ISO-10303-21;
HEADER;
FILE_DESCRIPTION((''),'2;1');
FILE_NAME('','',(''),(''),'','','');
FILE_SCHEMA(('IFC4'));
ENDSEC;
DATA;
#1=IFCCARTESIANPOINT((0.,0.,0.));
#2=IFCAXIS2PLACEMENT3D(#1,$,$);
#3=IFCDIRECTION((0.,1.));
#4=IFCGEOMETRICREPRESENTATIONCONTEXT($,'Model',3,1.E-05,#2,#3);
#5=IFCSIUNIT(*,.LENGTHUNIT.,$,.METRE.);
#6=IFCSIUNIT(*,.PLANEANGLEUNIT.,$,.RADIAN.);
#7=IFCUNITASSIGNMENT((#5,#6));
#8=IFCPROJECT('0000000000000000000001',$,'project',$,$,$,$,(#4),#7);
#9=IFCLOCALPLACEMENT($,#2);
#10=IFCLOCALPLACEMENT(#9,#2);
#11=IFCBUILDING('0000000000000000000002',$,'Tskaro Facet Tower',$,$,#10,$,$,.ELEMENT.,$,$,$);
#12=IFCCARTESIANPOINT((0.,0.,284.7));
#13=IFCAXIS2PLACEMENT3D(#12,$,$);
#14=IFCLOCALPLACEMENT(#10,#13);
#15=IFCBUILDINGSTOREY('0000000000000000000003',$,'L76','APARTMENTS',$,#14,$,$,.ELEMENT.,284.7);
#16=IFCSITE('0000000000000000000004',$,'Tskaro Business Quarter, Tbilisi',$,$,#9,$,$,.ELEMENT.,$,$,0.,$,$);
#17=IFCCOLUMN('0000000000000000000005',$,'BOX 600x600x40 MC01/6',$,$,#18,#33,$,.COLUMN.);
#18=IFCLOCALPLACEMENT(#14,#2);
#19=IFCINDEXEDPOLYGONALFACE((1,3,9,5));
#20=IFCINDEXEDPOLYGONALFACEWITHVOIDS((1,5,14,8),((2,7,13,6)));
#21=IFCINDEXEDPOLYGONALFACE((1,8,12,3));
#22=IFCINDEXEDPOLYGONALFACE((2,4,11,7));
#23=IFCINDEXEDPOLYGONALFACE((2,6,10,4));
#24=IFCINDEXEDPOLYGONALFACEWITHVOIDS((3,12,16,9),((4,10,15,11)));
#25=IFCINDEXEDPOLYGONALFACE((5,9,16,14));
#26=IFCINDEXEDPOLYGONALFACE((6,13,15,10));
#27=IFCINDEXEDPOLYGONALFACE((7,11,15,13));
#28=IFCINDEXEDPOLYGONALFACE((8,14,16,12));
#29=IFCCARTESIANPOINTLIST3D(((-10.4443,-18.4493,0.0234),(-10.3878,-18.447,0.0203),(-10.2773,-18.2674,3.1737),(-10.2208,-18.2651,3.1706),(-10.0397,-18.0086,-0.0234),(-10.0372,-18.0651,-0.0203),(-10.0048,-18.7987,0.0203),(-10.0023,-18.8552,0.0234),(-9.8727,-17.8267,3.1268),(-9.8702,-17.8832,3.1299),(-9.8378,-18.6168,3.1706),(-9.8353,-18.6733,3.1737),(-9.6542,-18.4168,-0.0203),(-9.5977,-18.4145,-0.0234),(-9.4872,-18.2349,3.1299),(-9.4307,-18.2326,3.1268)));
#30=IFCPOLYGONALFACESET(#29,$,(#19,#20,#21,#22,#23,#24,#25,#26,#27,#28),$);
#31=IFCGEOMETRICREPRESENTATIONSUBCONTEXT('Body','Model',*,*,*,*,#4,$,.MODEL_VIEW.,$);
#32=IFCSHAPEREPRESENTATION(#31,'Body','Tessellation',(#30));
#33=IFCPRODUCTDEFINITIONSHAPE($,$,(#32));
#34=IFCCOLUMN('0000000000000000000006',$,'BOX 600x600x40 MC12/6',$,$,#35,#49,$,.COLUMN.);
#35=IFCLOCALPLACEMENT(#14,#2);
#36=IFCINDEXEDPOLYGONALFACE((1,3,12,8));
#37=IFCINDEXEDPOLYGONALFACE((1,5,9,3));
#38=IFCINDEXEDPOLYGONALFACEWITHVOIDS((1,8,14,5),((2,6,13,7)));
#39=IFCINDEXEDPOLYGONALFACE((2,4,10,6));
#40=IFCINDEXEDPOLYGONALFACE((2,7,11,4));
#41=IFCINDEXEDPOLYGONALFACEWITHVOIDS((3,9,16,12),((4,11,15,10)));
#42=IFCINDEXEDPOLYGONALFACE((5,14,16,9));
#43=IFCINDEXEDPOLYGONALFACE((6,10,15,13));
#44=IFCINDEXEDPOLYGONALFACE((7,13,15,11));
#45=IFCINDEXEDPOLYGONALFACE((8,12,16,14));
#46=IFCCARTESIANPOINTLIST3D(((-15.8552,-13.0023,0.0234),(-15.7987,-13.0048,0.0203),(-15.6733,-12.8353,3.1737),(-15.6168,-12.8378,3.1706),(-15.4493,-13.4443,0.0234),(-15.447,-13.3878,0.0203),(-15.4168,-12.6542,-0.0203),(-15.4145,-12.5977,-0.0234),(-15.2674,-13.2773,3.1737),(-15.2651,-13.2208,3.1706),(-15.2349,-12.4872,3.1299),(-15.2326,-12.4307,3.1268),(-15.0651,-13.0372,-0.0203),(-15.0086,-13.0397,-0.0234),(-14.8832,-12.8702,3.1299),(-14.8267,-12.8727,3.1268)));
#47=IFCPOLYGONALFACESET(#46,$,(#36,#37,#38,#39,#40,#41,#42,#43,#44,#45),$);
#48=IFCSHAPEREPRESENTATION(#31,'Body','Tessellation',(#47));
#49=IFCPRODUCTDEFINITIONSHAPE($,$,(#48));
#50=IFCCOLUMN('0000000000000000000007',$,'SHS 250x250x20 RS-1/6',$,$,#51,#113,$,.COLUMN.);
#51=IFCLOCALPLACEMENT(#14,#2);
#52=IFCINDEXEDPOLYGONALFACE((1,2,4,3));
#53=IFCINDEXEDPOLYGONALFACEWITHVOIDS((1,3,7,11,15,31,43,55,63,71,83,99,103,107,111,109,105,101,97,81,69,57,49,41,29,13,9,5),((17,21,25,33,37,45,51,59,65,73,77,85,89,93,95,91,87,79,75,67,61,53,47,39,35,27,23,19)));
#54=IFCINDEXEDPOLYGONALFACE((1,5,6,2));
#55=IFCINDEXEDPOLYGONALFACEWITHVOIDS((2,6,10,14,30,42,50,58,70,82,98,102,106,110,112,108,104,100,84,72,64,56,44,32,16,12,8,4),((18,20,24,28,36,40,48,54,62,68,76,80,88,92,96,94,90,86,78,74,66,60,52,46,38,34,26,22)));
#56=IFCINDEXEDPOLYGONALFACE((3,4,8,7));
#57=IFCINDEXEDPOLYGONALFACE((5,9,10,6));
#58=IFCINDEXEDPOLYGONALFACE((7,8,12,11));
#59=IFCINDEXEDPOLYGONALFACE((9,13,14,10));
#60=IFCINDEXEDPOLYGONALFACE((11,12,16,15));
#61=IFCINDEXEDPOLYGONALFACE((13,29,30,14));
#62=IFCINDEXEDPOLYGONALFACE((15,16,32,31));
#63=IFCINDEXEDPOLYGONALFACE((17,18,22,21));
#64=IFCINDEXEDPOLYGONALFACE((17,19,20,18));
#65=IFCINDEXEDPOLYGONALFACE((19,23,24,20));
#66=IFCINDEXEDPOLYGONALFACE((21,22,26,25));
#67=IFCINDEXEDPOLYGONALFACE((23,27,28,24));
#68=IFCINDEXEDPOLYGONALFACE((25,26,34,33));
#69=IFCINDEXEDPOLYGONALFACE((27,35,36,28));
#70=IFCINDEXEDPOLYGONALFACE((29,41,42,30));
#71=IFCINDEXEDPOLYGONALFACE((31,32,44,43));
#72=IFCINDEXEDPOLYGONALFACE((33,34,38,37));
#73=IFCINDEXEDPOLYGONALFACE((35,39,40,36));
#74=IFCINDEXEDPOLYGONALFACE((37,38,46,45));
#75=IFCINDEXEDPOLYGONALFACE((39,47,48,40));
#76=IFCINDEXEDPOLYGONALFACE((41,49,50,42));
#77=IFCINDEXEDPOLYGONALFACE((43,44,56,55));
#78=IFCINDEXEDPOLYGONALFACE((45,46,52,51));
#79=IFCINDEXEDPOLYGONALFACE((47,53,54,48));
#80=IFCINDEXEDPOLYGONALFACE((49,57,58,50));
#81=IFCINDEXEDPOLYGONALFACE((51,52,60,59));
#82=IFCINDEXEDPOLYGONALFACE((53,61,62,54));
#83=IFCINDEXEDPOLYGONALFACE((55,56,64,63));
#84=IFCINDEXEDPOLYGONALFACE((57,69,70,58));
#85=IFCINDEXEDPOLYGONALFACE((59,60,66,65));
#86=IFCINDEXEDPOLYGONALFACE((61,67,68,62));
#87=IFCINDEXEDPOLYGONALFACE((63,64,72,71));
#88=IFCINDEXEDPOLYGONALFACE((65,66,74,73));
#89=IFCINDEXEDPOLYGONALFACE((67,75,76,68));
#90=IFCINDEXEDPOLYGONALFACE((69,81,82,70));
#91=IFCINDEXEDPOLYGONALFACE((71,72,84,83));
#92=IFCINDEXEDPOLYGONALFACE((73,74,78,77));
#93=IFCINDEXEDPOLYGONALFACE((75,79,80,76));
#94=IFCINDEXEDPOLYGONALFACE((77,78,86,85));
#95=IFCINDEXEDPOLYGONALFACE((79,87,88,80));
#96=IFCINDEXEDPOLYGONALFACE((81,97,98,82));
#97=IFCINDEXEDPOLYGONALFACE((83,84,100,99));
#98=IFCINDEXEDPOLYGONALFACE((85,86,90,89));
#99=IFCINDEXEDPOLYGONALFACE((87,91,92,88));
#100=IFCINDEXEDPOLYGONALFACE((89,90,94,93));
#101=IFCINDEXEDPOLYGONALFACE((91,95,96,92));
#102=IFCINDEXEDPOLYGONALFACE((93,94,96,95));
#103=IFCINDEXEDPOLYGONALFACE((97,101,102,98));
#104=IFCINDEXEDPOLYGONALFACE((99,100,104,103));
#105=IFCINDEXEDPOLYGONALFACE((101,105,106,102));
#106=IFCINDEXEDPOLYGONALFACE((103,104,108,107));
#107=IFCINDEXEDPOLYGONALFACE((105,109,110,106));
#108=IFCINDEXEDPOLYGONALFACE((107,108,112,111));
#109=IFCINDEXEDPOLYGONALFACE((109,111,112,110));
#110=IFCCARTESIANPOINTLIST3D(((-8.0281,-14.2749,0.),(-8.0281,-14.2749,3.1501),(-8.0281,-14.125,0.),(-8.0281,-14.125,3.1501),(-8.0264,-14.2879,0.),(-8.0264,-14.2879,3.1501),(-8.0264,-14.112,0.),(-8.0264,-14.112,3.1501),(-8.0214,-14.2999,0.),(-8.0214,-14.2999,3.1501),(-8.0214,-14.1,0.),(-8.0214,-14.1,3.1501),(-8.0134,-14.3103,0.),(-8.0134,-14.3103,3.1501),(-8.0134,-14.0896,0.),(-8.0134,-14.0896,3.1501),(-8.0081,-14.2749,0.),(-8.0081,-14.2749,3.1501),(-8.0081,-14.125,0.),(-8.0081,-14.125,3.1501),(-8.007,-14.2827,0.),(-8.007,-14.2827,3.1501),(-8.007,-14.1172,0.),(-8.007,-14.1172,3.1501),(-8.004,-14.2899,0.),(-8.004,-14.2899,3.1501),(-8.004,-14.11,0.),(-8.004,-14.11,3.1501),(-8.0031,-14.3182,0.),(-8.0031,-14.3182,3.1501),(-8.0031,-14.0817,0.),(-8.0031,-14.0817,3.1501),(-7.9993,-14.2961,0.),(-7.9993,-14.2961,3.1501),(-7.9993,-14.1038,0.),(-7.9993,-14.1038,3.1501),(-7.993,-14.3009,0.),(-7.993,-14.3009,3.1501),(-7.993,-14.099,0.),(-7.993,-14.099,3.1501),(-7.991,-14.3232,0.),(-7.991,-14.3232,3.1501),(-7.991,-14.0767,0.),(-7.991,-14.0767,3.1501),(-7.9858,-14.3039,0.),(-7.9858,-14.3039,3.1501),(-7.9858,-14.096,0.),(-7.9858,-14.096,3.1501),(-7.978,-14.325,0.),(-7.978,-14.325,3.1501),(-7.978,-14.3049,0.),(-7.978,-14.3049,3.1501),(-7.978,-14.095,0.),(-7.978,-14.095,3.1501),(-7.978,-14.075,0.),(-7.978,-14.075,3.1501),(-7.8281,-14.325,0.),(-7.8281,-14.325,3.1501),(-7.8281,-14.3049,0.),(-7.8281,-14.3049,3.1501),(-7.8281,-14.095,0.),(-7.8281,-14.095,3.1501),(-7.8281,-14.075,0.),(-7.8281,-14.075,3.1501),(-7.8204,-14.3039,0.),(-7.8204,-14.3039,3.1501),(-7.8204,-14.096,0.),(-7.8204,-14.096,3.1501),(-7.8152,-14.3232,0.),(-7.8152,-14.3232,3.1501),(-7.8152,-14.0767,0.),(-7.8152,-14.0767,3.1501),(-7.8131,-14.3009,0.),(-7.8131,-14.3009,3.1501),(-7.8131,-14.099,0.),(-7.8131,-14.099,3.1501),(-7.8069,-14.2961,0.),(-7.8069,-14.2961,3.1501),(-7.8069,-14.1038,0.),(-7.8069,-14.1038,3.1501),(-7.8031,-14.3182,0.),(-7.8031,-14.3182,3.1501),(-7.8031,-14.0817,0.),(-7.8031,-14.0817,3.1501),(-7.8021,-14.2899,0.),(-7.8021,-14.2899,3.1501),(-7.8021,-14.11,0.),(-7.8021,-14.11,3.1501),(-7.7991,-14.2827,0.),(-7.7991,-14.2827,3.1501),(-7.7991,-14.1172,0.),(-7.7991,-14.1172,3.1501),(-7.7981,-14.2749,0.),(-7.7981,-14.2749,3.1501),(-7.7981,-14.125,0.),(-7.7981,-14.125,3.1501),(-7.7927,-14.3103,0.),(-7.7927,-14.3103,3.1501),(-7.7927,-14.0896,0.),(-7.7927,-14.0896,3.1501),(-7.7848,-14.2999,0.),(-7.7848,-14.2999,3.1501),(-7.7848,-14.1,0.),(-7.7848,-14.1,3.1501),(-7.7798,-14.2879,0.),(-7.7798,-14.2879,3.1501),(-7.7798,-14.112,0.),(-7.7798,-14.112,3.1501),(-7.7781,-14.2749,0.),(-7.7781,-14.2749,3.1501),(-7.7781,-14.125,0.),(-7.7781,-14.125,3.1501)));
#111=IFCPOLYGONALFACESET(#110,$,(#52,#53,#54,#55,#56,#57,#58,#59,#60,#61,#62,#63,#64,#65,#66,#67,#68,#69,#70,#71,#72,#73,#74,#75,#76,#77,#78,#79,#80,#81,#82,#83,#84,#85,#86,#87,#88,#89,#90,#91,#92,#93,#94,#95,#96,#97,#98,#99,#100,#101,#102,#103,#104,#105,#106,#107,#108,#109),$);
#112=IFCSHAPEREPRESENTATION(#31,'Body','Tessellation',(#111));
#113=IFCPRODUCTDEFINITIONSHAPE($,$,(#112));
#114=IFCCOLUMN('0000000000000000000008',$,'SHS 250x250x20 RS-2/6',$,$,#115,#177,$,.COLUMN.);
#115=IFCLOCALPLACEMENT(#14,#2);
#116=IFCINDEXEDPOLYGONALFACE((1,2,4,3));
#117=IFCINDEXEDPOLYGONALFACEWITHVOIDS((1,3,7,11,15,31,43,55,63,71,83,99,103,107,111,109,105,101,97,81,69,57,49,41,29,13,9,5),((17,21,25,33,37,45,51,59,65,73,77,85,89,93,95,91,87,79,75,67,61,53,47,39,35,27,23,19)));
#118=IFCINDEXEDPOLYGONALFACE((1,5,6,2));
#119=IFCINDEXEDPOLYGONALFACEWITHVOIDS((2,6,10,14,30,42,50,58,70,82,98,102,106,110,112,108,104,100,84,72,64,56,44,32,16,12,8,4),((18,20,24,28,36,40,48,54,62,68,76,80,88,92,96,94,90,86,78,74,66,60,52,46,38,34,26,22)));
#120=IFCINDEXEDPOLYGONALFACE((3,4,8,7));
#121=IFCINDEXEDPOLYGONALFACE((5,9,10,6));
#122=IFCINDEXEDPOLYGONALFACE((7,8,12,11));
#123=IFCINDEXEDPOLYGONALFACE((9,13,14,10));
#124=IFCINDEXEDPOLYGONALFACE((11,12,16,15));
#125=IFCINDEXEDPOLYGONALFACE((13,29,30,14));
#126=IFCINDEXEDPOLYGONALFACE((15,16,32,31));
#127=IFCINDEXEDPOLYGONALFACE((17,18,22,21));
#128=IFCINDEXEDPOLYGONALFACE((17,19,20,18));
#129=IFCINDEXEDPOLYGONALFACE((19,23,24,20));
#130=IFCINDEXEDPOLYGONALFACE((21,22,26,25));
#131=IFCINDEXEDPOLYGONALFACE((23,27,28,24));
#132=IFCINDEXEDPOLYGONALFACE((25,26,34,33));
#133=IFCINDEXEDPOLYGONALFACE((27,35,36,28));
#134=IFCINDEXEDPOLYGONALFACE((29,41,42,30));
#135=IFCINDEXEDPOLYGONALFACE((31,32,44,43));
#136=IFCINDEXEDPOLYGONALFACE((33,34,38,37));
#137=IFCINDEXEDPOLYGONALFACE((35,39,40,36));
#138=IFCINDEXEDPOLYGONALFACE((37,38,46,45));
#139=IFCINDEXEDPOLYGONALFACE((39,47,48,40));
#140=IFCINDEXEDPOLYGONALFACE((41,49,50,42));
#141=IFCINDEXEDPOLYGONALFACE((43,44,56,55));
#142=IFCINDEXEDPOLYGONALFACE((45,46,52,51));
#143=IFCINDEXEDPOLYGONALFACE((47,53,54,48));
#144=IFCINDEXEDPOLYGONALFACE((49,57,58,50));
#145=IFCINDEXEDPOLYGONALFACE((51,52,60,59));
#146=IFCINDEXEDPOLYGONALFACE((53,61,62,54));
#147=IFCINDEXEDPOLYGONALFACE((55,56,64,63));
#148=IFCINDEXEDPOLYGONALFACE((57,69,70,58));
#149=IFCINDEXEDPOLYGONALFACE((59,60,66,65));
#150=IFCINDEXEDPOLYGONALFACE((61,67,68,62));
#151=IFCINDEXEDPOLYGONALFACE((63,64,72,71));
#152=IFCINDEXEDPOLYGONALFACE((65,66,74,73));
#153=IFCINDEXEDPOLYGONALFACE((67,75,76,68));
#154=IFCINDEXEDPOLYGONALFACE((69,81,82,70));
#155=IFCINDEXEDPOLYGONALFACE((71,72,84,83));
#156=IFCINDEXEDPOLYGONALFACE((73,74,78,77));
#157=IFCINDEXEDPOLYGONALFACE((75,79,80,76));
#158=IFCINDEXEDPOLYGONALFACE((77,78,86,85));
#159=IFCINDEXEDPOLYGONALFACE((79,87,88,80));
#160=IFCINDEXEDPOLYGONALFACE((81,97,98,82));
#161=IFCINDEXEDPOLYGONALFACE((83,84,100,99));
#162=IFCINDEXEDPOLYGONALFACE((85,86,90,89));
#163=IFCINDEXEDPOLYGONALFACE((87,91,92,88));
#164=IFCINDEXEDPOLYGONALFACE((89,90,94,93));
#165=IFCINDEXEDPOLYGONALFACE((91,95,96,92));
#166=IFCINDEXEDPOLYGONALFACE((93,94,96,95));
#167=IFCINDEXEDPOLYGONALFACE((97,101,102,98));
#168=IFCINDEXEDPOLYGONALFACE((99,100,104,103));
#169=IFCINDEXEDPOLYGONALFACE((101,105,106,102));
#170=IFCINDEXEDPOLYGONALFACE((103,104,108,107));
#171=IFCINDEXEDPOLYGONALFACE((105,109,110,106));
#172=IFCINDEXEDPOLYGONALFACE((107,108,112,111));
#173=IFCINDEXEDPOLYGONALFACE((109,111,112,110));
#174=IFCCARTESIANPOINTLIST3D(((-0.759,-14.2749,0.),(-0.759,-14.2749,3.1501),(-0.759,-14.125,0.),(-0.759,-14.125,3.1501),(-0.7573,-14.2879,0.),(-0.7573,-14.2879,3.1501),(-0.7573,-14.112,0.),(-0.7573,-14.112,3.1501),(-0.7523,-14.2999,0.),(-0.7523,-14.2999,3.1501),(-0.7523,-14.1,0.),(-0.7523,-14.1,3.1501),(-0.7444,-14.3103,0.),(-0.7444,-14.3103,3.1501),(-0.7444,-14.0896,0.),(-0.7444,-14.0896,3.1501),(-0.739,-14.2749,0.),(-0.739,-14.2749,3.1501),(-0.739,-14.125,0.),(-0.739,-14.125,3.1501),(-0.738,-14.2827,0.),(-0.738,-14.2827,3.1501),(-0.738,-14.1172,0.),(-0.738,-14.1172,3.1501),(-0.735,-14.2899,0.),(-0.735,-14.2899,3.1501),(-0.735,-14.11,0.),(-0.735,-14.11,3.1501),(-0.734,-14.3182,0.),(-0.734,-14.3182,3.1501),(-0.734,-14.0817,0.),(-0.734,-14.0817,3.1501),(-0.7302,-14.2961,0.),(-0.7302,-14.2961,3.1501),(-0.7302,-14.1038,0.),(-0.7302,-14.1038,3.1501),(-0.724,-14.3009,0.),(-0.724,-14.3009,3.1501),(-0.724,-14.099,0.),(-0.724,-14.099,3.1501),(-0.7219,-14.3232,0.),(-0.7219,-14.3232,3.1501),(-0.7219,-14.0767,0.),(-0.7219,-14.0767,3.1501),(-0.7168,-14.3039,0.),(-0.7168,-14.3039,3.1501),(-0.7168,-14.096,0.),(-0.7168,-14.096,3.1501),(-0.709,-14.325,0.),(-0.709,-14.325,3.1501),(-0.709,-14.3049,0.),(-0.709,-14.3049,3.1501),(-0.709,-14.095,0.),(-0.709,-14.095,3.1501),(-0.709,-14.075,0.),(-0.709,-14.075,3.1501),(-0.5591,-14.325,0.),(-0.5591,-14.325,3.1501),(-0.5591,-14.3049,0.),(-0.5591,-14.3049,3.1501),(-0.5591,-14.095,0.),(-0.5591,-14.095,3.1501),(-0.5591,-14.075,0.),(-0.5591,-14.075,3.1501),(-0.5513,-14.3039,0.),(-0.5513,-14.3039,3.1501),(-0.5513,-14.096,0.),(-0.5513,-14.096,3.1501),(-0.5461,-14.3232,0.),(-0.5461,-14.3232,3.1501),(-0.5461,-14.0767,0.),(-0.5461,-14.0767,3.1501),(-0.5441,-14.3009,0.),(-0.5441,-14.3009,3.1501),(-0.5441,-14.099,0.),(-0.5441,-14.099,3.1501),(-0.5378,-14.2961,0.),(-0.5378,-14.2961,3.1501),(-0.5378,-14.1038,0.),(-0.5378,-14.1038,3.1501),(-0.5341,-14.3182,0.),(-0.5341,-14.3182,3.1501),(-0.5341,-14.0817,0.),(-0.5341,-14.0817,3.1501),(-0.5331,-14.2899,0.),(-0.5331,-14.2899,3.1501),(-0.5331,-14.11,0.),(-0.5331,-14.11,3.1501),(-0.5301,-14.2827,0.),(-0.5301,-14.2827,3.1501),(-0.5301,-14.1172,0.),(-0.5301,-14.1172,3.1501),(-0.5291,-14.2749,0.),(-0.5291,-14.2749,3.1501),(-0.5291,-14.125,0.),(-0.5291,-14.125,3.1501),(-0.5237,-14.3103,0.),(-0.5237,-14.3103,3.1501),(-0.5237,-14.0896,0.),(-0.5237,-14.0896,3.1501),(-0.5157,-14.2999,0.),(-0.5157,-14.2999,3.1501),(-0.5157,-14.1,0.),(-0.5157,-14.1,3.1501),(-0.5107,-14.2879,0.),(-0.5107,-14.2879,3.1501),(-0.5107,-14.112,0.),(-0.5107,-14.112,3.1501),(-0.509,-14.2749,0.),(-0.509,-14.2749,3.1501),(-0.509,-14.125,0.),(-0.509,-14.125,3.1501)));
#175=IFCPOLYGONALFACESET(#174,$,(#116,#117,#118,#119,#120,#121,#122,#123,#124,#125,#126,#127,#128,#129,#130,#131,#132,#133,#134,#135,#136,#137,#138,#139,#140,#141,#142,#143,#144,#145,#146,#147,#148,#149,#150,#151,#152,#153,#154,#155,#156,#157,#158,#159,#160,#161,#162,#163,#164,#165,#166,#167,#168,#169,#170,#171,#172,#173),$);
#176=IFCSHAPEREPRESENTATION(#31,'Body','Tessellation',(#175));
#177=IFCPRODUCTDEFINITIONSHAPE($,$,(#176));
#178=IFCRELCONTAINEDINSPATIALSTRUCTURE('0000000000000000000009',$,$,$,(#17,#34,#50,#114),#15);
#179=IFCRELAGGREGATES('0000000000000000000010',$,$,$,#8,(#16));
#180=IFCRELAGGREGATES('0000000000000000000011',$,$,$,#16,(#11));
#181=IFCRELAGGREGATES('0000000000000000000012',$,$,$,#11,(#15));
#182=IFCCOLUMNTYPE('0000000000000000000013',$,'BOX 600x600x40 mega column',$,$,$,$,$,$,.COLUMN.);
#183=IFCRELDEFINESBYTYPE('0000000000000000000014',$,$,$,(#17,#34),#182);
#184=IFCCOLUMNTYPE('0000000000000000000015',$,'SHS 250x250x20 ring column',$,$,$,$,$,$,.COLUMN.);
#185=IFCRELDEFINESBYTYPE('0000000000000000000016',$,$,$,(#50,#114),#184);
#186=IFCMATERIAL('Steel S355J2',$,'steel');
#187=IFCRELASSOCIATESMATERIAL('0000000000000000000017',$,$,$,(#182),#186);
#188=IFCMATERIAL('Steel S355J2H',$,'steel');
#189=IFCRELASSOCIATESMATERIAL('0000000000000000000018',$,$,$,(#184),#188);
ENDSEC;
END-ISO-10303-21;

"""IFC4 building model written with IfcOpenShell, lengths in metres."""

from ifc_helpers import new_model, si_unit, direction, frame, origin, origin_2d, place, context, subcontext, project, spatial, hollow_rectangle, extrude, material, material_profile, profile_set, type_object, element, save


model = new_model("IFC4")

# Units and contexts
model_context = context("Model", 3, precision=1e-05, world=origin(), true_north=direction((0.0, 1.0)))
body_context = subcontext(model_context, "Body", "Model", "MODEL_VIEW")
ifc_project = project(units=[si_unit("LENGTHUNIT", "METRE"), si_unit("PLANEANGLEUNIT", "RADIAN")], contexts=[model_context])

# Site, building, storey
site_placement = place(None, origin())
site = spatial("IfcSite", under=ifc_project, at=site_placement, Name="Tskaro Business Quarter, Tbilisi", CompositionType="ELEMENT", RefElevation=0.0)
building_placement = place(site_placement, origin())
building = spatial("IfcBuilding", under=site, at=building_placement, Name="Tskaro Facet Tower", CompositionType="ELEMENT")
storey_placement = place(building_placement, frame((0.0, 0.0, 284.7)))
storey = spatial("IfcBuildingStorey", under=building, at=storey_placement, Name="L76", Description="APARTMENTS", CompositionType="ELEMENT", Elevation=284.7)

# Columns
ifc_material_1 = material(Name="Steel S355J2", Category="steel")
ifc_material_profile_1 = material_profile(ifc_material_1, hollow_rectangle(XDim=0.6001, YDim=0.6001, WallThickness=0.04, at=origin_2d()), Name="BOX 600x600x40")
ifc_profile_set_1 = profile_set([ifc_material_profile_1], Name="Steel S355J2")
column_type_1 = type_object("IfcColumnType", Name="BOX 600x600x40 mega column", PredefinedType="COLUMN", material=ifc_profile_set_1)
for number, where, z_axis, x_axis, name in (
    (1, (-10.021, -18.4319, 0.0), (0.052849, 0.057562, 0.996942), (-0.73662, 0.676306, 0.0), "BOX 600x600x40 MC01/6"),
    (2, (-15.4319, -13.021, 0.0), (0.057562, 0.052849, 0.996942), (-0.676306, 0.73662, 0.0), "BOX 600x600x40 MC12/6"),
):
    element("IfcColumn", number, at=place(storey_placement, frame(where, z_axis=z_axis, x_axis=x_axis)), inside=storey, type_object=column_type_1, Name=name, PredefinedType="COLUMN", context=body_context, shape_type="SweptSolid", body=[
        extrude(hollow_rectangle(XDim=0.6001, YDim=0.6001, WallThickness=0.04, at=origin_2d()), origin(), (0.0, 0.0, 1.0), 3.1599),
    ])
ifc_material_2 = material(Name="Steel S355J2H", Category="steel")
ifc_material_profile_2 = material_profile(ifc_material_2, hollow_rectangle(XDim=0.25, YDim=0.25, WallThickness=0.02, InnerFilletRadius=0.03, OuterFilletRadius=0.05, at=origin_2d()), Name="SHS 250x250x20")
ifc_profile_set_2 = profile_set([ifc_material_profile_2], Name="Steel S355J2H")
column_type_2 = type_object("IfcColumnType", Name="SHS 250x250x20 ring column", PredefinedType="COLUMN", material=ifc_profile_set_2)
for number, where, z_axis, x_axis, name in (
    (3, (-7.9031, -14.2, 0.0), (0.0, 0.0, 1.0), (1.0, 0.0, 0.0), "SHS 250x250x20 RS-1/6"),
    (4, (-0.634, -14.2, 0.0), (0.0, 0.0, 1.0), (1.0, 0.0, 0.0), "SHS 250x250x20 RS-2/6"),
):
    element("IfcColumn", number, at=place(storey_placement, frame(where, z_axis=z_axis, x_axis=x_axis)), inside=storey, type_object=column_type_2, Name=name, PredefinedType="COLUMN", context=body_context, shape_type="SweptSolid", body=[
        extrude(hollow_rectangle(XDim=0.25, YDim=0.25, WallThickness=0.02, InnerFilletRadius=0.03, OuterFilletRadius=0.05, at=origin_2d()), origin(), (0.0, 0.0, 1.0), 3.1501),
    ])

save(model, "model.ifc")
